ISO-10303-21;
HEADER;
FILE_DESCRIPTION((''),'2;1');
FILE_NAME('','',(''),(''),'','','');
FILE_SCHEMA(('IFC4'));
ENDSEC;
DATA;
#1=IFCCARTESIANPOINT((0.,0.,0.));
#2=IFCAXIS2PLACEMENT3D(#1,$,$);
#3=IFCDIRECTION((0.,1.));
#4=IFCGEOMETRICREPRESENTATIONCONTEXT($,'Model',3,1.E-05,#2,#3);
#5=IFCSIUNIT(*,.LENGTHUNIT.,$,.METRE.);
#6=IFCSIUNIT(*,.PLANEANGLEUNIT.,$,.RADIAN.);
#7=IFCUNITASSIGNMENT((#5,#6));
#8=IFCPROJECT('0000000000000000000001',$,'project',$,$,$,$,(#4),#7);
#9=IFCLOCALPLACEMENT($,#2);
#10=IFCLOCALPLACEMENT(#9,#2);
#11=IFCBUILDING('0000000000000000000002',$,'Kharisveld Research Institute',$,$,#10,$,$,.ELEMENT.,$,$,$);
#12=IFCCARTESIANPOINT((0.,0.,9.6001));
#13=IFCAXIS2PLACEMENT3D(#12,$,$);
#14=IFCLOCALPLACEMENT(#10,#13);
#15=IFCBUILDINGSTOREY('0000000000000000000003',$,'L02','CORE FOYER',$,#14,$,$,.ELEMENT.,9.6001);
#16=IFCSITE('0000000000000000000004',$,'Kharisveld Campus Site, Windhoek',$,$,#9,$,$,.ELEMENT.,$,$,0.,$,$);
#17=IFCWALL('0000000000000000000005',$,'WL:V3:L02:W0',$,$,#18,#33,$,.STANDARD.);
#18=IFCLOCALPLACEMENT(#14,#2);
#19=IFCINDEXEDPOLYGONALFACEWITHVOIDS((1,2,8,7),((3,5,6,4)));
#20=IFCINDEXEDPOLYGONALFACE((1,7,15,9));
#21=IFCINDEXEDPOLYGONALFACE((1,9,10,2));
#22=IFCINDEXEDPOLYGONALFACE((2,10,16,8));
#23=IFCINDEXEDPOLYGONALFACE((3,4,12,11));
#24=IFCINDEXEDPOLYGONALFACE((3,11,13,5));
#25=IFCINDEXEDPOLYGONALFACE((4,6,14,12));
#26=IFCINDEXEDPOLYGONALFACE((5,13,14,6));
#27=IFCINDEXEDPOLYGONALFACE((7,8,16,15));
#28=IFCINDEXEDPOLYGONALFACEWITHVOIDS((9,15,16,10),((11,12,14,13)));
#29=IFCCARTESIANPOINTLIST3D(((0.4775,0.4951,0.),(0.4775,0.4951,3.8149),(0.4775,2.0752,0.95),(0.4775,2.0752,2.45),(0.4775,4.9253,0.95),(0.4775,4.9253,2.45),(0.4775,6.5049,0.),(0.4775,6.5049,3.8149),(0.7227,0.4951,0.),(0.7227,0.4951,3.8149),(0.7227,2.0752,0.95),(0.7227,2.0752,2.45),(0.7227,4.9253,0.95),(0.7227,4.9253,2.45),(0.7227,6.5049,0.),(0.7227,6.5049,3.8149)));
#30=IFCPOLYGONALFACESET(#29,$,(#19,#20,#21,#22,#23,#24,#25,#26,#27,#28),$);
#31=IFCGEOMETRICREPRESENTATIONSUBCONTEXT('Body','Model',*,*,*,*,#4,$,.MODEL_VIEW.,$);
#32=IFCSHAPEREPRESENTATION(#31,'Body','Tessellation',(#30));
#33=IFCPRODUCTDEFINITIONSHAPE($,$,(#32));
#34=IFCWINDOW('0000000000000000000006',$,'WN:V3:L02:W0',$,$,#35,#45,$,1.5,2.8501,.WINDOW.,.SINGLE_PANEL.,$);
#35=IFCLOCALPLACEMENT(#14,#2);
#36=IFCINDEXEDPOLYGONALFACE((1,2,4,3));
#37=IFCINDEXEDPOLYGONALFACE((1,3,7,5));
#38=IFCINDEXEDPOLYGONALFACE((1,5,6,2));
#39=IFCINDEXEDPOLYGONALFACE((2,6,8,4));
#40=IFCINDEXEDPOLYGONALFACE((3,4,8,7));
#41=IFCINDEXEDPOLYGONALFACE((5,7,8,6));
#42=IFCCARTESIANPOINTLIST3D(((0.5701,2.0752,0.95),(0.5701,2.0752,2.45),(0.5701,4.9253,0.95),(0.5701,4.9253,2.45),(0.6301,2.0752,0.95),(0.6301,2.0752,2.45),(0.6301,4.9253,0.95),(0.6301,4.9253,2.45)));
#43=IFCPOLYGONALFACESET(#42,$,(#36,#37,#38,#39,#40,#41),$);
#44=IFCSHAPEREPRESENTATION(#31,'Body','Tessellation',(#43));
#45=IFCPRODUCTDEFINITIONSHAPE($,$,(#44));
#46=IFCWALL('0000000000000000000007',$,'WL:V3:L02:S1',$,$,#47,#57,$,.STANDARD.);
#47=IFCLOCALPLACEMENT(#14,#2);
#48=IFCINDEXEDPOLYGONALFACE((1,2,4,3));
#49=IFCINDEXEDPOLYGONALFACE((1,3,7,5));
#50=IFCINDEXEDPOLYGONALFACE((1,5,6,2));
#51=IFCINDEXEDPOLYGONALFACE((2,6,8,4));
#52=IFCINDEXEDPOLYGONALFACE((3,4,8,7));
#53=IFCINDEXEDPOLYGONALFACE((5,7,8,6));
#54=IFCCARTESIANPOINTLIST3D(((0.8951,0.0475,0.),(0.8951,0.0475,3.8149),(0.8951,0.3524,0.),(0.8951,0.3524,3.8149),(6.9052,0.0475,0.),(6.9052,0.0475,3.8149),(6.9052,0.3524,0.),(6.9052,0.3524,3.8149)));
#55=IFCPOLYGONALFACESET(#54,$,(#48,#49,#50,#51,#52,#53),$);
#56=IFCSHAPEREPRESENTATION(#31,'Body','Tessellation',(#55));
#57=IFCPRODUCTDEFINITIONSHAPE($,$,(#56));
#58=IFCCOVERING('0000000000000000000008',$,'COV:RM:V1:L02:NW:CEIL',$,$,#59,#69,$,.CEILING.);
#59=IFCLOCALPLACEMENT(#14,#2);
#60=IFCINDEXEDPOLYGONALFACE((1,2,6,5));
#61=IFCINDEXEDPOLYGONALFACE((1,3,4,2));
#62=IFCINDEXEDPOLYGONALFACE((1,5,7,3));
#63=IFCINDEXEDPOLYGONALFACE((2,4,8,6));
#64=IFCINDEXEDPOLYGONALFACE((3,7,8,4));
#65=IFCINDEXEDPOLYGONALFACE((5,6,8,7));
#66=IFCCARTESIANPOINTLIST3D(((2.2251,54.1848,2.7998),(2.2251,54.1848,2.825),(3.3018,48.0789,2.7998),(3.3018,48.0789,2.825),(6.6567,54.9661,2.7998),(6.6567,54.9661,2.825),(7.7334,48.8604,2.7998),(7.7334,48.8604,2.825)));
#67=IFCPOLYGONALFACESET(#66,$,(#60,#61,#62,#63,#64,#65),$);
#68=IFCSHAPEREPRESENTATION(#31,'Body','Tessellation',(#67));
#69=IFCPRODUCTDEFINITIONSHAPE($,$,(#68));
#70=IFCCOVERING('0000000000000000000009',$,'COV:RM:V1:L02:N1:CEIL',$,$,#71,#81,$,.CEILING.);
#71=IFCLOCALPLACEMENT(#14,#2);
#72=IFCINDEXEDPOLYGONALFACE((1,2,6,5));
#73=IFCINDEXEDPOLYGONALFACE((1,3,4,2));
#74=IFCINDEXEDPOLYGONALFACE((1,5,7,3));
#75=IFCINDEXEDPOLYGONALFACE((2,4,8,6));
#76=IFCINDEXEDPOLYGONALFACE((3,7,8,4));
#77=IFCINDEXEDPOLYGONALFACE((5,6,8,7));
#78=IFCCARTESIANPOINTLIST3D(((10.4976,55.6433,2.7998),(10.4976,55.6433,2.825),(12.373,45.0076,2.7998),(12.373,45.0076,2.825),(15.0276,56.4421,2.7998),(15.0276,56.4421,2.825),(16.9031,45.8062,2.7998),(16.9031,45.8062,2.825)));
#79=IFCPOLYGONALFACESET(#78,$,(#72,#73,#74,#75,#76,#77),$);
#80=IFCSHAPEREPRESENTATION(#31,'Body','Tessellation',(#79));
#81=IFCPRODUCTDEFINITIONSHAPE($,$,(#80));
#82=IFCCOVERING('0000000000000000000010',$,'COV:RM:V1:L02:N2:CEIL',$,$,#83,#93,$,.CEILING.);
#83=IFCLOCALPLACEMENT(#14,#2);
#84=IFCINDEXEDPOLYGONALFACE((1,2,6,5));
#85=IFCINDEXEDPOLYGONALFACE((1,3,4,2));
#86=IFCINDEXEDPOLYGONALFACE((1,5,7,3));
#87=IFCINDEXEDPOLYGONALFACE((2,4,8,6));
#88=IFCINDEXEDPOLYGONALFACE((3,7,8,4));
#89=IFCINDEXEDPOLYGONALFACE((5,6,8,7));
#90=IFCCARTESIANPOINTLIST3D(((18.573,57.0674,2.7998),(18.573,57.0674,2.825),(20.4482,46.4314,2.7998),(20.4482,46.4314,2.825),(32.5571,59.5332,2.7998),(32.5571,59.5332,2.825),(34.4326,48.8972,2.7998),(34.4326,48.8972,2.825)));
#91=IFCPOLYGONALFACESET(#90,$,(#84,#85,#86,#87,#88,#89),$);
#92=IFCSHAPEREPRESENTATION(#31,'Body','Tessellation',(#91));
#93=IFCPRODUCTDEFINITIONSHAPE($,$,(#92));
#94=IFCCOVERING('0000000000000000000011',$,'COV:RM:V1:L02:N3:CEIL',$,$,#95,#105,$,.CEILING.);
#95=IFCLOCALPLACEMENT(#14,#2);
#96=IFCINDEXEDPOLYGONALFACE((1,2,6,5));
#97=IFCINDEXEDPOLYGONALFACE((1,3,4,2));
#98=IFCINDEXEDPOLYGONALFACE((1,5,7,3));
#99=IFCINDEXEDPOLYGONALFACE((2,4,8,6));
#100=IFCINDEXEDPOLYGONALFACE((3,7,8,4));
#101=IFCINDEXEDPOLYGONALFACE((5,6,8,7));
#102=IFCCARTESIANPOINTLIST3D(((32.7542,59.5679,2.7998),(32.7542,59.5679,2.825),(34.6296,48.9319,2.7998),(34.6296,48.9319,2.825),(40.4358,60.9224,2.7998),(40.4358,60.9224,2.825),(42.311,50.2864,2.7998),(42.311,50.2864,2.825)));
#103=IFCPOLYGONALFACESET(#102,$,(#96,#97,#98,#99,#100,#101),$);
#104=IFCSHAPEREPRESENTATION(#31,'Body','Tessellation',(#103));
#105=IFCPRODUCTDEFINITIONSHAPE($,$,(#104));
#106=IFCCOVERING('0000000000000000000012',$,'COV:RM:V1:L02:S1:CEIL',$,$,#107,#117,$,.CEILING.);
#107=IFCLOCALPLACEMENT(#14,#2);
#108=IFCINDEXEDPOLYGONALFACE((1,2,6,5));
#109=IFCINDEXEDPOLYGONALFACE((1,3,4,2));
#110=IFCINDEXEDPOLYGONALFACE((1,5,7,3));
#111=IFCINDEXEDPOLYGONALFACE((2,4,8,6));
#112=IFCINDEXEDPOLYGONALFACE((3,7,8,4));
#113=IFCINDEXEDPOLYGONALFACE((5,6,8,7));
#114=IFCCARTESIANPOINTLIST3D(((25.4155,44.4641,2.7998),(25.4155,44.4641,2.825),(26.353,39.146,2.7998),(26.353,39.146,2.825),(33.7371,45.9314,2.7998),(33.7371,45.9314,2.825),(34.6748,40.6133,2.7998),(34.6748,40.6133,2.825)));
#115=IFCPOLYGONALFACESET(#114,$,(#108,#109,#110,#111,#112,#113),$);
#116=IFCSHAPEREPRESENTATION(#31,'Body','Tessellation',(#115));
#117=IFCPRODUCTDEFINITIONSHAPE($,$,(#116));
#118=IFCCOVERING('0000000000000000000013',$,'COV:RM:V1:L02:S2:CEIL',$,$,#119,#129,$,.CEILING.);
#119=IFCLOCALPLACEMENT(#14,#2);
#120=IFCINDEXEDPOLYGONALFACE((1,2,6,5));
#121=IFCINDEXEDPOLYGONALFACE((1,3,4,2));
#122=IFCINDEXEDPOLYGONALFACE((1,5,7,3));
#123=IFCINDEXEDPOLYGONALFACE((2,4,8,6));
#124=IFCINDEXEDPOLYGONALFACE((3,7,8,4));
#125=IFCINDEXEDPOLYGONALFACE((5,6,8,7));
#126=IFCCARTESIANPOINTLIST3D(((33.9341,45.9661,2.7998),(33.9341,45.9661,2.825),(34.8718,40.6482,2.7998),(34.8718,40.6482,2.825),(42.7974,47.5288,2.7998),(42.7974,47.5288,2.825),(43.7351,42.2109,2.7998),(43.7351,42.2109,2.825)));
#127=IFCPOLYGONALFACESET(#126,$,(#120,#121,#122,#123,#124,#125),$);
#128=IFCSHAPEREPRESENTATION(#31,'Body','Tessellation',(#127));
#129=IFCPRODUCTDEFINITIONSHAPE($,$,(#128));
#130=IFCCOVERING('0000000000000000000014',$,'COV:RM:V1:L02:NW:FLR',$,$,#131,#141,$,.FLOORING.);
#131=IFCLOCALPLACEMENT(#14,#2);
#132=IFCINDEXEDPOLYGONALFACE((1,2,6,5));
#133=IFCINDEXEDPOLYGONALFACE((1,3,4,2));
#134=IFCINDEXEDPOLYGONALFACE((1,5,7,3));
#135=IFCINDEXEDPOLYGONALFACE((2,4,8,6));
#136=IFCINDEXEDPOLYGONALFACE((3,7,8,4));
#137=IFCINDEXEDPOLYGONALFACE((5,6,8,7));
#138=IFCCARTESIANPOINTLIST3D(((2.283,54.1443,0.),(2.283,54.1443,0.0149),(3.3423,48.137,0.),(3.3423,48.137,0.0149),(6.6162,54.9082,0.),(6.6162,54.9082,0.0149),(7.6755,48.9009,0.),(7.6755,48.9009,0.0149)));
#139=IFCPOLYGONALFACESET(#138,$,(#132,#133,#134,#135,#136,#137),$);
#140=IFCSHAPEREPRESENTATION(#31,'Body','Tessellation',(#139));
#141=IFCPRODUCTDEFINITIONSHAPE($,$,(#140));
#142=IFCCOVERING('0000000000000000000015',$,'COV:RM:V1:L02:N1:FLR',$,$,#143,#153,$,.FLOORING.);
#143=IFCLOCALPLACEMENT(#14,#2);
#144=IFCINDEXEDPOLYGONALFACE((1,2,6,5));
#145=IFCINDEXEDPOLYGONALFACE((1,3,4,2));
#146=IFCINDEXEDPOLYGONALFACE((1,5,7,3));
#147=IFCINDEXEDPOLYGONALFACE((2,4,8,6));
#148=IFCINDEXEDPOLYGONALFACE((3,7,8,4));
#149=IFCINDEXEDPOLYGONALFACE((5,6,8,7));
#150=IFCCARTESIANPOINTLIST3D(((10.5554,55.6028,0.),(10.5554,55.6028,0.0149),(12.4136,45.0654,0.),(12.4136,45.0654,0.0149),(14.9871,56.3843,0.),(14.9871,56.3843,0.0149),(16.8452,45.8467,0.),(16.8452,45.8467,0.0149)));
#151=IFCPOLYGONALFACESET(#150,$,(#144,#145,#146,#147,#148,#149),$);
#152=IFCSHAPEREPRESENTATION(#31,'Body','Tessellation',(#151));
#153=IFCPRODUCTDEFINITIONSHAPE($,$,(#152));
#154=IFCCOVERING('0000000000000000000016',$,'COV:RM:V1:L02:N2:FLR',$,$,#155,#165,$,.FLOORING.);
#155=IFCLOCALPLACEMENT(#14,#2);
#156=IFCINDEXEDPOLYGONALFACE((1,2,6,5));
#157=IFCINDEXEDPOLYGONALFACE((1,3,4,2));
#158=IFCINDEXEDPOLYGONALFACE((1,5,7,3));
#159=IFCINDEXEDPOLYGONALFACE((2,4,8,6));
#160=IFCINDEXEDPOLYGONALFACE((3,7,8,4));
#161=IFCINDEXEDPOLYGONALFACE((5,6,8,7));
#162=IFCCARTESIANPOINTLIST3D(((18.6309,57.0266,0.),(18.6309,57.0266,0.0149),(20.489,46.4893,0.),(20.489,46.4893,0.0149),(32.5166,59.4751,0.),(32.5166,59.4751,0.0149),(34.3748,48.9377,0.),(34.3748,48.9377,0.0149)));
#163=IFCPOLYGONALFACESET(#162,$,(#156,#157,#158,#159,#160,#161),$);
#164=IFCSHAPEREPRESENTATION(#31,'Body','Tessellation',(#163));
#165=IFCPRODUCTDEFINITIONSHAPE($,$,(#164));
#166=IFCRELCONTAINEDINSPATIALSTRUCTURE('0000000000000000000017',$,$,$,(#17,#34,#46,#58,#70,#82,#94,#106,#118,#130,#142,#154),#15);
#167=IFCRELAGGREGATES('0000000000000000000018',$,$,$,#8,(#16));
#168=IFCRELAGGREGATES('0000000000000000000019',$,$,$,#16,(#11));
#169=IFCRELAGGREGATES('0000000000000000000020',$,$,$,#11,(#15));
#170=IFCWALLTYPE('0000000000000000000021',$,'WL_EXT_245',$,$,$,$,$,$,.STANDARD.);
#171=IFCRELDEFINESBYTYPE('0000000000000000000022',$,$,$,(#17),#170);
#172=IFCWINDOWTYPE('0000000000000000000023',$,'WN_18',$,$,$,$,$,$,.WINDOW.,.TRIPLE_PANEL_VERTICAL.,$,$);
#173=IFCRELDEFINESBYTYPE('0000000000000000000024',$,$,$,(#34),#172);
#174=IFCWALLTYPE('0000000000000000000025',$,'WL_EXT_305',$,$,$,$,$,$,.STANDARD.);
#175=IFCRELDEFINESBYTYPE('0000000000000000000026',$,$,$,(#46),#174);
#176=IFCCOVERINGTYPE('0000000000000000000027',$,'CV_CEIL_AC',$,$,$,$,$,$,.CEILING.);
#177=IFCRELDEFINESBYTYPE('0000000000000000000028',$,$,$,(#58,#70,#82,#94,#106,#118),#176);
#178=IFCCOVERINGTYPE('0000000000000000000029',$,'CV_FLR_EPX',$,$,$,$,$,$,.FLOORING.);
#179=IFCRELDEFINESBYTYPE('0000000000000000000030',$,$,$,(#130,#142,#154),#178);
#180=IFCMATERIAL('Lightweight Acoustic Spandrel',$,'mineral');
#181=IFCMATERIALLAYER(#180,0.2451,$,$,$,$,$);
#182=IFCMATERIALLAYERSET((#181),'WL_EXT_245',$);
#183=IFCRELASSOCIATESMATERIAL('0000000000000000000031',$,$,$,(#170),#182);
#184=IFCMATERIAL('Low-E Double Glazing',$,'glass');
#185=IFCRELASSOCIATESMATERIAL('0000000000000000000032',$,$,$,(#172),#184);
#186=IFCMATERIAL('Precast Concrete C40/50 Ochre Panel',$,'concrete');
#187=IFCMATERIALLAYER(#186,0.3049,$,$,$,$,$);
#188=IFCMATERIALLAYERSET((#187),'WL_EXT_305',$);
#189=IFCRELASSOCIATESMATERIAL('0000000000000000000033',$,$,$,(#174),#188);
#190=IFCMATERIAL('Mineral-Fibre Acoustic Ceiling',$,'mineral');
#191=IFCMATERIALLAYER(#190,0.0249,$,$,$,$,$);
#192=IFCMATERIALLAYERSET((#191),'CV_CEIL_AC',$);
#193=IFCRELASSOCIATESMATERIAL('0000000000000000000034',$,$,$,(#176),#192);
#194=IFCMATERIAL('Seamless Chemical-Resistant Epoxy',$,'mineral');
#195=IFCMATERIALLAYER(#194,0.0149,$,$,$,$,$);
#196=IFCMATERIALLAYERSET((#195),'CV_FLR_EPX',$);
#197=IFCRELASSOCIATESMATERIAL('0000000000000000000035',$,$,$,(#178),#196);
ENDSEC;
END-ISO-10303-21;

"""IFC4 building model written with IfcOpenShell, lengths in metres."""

from ifc_helpers import new_model, si_unit, direction, frame, frame_2d, origin, place, context, subcontext, project, spatial, polyline, rectangle, outline, extrude, material, layer, layer_set, type_object, element, fill, save


model = new_model("IFC4")

# Units and contexts
model_context = context("Model", 3, precision=1e-05, world=origin(), true_north=direction((0.0, 1.0)))
body_context = subcontext(model_context, "Body", "Model", "MODEL_VIEW")
ifc_project = project(units=[si_unit("LENGTHUNIT", "METRE"), si_unit("PLANEANGLEUNIT", "RADIAN")], contexts=[model_context])

# Site, building, storey
site_placement = place(None, origin())
site = spatial("IfcSite", under=ifc_project, at=site_placement, Name="Kharisveld Campus Site, Windhoek", CompositionType="ELEMENT", RefElevation=0.0)
building_placement = place(site_placement, origin())
building = spatial("IfcBuilding", under=site, at=building_placement, Name="Kharisveld Research Institute", CompositionType="ELEMENT")
storey_placement = place(building_placement, frame((0.0, 0.0, 9.6001)))
storey = spatial("IfcBuildingStorey", under=building, at=storey_placement, Name="L02", Description="CORE FOYER", CompositionType="ELEMENT", Elevation=9.6001)

# Wall, opening, window
ifc_material_1 = material(Name="Lightweight Acoustic Spandrel", Category="mineral")
ifc_layer_1 = layer(ifc_material_1, 0.2451)
ifc_layer_set_1 = layer_set([ifc_layer_1], Name="WL_EXT_245")
wall_type_1 = type_object("IfcWallType", Name="WL_EXT_245", PredefinedType="STANDARD", material=ifc_layer_set_1)
wall_1_placement = place(storey_placement, frame((0.6001, 0.4951, 0.0), z_axis=(0.0, 0.0, 1.0), x_axis=(0.0, 1.0, 0.0)))
wall_1 = element("IfcWall", 1, at=wall_1_placement, inside=storey, type_object=wall_type_1, Name="WL:V3:L02:W0", PredefinedType="STANDARD", context=body_context, shape_type="SweptSolid", body=[
    extrude(rectangle(XDim=6.0098, YDim=0.2451, at=frame_2d((3.0049, 0.0))), origin(), (0.0, 0.0, 1.0), 3.8149),
])
opening_1_placement = place(wall_1_placement, frame((1.5801, 0.0, 0.95)))
opening_1 = element("IfcOpeningElement", 2, at=opening_1_placement, cuts=wall_1, PredefinedType="OPENING", context=body_context, shape_type="SweptSolid", body=[
    extrude(rectangle(XDim=2.8501, YDim=1.5, at=frame_2d((1.425, 0.75))), frame((0.0, 0.1226, 0.0), z_axis=(0.0, -1.0, 0.0), x_axis=(1.0, 0.0, 0.0)), (0.0, 0.0, 1.0), 0.2451),
])
ifc_material_2 = material(Name="Low-E Double Glazing", Category="glass")
window_type_1 = type_object("IfcWindowType", Name="WN_18", PartitioningType="TRIPLE_PANEL_VERTICAL", PredefinedType="WINDOW", material=ifc_material_2)
window_1_placement = place(opening_1_placement, origin())
window_1 = element("IfcWindow", 3, at=window_1_placement, inside=storey, type_object=window_type_1, Name="WN:V3:L02:W0", OverallHeight=1.5, OverallWidth=2.8501, PartitioningType="SINGLE_PANEL", PredefinedType="WINDOW", context=body_context, shape_type="SweptSolid", body=[
    extrude(rectangle(XDim=2.8501, YDim=1.5, at=frame_2d((1.425, 0.75))), frame((0.0, 0.03, 0.0), z_axis=(0.0, -1.0, 0.0), x_axis=(1.0, 0.0, 0.0)), (0.0, 0.0, 1.0), 0.0601),
])
fill(opening_1, window_1)

# Wall
ifc_material_3 = material(Name="Precast Concrete C40/50 Ochre Panel", Category="concrete")
ifc_layer_2 = layer(ifc_material_3, 0.3049)
ifc_layer_set_2 = layer_set([ifc_layer_2], Name="WL_EXT_305")
wall_type_2 = type_object("IfcWallType", Name="WL_EXT_305", PredefinedType="STANDARD", material=ifc_layer_set_2)
wall_2_placement = place(storey_placement, frame((6.905, 0.2, 0.0), z_axis=(0.0, 0.0, 1.0), x_axis=(-1.0, 0.0, 0.0)))
element("IfcWall", 4, at=wall_2_placement, inside=storey, type_object=wall_type_2, Name="WL:V3:L02:S1", PredefinedType="STANDARD", context=body_context, shape_type="SweptSolid", body=[
    extrude(rectangle(XDim=6.01, YDim=0.3049, at=frame_2d((3.0049, 0.0))), origin(), (0.0, 0.0, 1.0), 3.8149),
])

# Coverings
ifc_material_4 = material(Name="Mineral-Fibre Acoustic Ceiling", Category="mineral")
ifc_layer_3 = layer(ifc_material_4, 0.0249)
ifc_layer_set_3 = layer_set([ifc_layer_3], Name="CV_CEIL_AC")
covering_type_1 = type_object("IfcCoveringType", Name="CV_CEIL_AC", PredefinedType="CEILING", material=ifc_layer_set_3)
covering_1_placement = place(storey_placement, frame((0.0, 0.0, 2.7998)))
element("IfcCovering", 5, at=covering_1_placement, inside=storey, type_object=covering_type_1, Name="COV:RM:V1:L02:NW:CEIL", PredefinedType="CEILING", context=body_context, shape_type="SweptSolid", body=[
    extrude(outline(polyline([(3.3018, 48.0789), (7.7334, 48.8604), (6.6567, 54.9661), (2.2251, 54.1848), (3.3018, 48.0789)])), origin(), (0.0, 0.0, 1.0), 0.0251),
])
covering_2_placement = place(storey_placement, frame((0.0, 0.0, 2.7998)))
element("IfcCovering", 6, at=covering_2_placement, inside=storey, type_object=covering_type_1, Name="COV:RM:V1:L02:N1:CEIL", PredefinedType="CEILING", context=body_context, shape_type="SweptSolid", body=[
    extrude(outline(polyline([(12.373, 45.0076), (16.9031, 45.8062), (15.0276, 56.4421), (10.4976, 55.6433), (12.373, 45.0076)])), origin(), (0.0, 0.0, 1.0), 0.0251),
])
covering_3_placement = place(storey_placement, frame((0.0, 0.0, 2.7998)))
element("IfcCovering", 7, at=covering_3_placement, inside=storey, type_object=covering_type_1, Name="COV:RM:V1:L02:N2:CEIL", PredefinedType="CEILING", context=body_context, shape_type="SweptSolid", body=[
    extrude(outline(polyline([(20.4482, 46.4314), (34.4326, 48.8972), (32.5571, 59.5332), (18.573, 57.0674), (20.4482, 46.4314)])), origin(), (0.0, 0.0, 1.0), 0.0251),
])
covering_4_placement = place(storey_placement, frame((0.0, 0.0, 2.7998)))
element("IfcCovering", 8, at=covering_4_placement, inside=storey, type_object=covering_type_1, Name="COV:RM:V1:L02:N3:CEIL", PredefinedType="CEILING", context=body_context, shape_type="SweptSolid", body=[
    extrude(outline(polyline([(34.6296, 48.9319), (42.311, 50.2864), (40.4358, 60.9224), (32.7542, 59.5679), (34.6296, 48.9319)])), origin(), (0.0, 0.0, 1.0), 0.0251),
])
covering_5_placement = place(storey_placement, frame((0.0, 0.0, 2.7998)))
element("IfcCovering", 9, at=covering_5_placement, inside=storey, type_object=covering_type_1, Name="COV:RM:V1:L02:S1:CEIL", PredefinedType="CEILING", context=body_context, shape_type="SweptSolid", body=[
    extrude(outline(polyline([(26.353, 39.146), (34.6748, 40.6133), (33.7371, 45.9314), (25.4155, 44.4641), (26.353, 39.146)])), origin(), (0.0, 0.0, 1.0), 0.0251),
])
covering_6_placement = place(storey_placement, frame((0.0, 0.0, 2.7998)))
element("IfcCovering", 10, at=covering_6_placement, inside=storey, type_object=covering_type_1, Name="COV:RM:V1:L02:S2:CEIL", PredefinedType="CEILING", context=body_context, shape_type="SweptSolid", body=[
    extrude(outline(polyline([(34.8718, 40.6482), (43.7351, 42.2109), (42.7974, 47.5288), (33.9341, 45.9661), (34.8718, 40.6482)])), origin(), (0.0, 0.0, 1.0), 0.0251),
])
ifc_material_5 = material(Name="Seamless Chemical-Resistant Epoxy", Category="mineral")
ifc_layer_4 = layer(ifc_material_5, 0.0149)
ifc_layer_set_4 = layer_set([ifc_layer_4], Name="CV_FLR_EPX")
covering_type_2 = type_object("IfcCoveringType", Name="CV_FLR_EPX", PredefinedType="FLOORING", material=ifc_layer_set_4)
covering_7_placement = place(storey_placement, origin())
element("IfcCovering", 11, at=covering_7_placement, inside=storey, type_object=covering_type_2, Name="COV:RM:V1:L02:NW:FLR", PredefinedType="FLOORING", context=body_context, shape_type="SweptSolid", body=[
    extrude(outline(polyline([(3.3423, 48.137), (7.6755, 48.9009), (6.6162, 54.9082), (2.283, 54.1443), (3.3423, 48.137)])), origin(), (0.0, 0.0, 1.0), 0.0149),
])
covering_8_placement = place(storey_placement, origin())
element("IfcCovering", 12, at=covering_8_placement, inside=storey, type_object=covering_type_2, Name="COV:RM:V1:L02:N1:FLR", PredefinedType="FLOORING", context=body_context, shape_type="SweptSolid", body=[
    extrude(outline(polyline([(12.4136, 45.0654), (16.8452, 45.8467), (14.9871, 56.3843), (10.5554, 55.6028), (12.4136, 45.0654)])), origin(), (0.0, 0.0, 1.0), 0.0149),
])
covering_9_placement = place(storey_placement, origin())
element("IfcCovering", 13, at=covering_9_placement, inside=storey, type_object=covering_type_2, Name="COV:RM:V1:L02:N2:FLR", PredefinedType="FLOORING", context=body_context, shape_type="SweptSolid", body=[
    extrude(outline(polyline([(20.489, 46.4893), (34.3748, 48.9377), (32.5166, 59.4751), (18.6309, 57.0266), (20.489, 46.4893)])), origin(), (0.0, 0.0, 1.0), 0.0149),
])

save(model, "model.ifc")
